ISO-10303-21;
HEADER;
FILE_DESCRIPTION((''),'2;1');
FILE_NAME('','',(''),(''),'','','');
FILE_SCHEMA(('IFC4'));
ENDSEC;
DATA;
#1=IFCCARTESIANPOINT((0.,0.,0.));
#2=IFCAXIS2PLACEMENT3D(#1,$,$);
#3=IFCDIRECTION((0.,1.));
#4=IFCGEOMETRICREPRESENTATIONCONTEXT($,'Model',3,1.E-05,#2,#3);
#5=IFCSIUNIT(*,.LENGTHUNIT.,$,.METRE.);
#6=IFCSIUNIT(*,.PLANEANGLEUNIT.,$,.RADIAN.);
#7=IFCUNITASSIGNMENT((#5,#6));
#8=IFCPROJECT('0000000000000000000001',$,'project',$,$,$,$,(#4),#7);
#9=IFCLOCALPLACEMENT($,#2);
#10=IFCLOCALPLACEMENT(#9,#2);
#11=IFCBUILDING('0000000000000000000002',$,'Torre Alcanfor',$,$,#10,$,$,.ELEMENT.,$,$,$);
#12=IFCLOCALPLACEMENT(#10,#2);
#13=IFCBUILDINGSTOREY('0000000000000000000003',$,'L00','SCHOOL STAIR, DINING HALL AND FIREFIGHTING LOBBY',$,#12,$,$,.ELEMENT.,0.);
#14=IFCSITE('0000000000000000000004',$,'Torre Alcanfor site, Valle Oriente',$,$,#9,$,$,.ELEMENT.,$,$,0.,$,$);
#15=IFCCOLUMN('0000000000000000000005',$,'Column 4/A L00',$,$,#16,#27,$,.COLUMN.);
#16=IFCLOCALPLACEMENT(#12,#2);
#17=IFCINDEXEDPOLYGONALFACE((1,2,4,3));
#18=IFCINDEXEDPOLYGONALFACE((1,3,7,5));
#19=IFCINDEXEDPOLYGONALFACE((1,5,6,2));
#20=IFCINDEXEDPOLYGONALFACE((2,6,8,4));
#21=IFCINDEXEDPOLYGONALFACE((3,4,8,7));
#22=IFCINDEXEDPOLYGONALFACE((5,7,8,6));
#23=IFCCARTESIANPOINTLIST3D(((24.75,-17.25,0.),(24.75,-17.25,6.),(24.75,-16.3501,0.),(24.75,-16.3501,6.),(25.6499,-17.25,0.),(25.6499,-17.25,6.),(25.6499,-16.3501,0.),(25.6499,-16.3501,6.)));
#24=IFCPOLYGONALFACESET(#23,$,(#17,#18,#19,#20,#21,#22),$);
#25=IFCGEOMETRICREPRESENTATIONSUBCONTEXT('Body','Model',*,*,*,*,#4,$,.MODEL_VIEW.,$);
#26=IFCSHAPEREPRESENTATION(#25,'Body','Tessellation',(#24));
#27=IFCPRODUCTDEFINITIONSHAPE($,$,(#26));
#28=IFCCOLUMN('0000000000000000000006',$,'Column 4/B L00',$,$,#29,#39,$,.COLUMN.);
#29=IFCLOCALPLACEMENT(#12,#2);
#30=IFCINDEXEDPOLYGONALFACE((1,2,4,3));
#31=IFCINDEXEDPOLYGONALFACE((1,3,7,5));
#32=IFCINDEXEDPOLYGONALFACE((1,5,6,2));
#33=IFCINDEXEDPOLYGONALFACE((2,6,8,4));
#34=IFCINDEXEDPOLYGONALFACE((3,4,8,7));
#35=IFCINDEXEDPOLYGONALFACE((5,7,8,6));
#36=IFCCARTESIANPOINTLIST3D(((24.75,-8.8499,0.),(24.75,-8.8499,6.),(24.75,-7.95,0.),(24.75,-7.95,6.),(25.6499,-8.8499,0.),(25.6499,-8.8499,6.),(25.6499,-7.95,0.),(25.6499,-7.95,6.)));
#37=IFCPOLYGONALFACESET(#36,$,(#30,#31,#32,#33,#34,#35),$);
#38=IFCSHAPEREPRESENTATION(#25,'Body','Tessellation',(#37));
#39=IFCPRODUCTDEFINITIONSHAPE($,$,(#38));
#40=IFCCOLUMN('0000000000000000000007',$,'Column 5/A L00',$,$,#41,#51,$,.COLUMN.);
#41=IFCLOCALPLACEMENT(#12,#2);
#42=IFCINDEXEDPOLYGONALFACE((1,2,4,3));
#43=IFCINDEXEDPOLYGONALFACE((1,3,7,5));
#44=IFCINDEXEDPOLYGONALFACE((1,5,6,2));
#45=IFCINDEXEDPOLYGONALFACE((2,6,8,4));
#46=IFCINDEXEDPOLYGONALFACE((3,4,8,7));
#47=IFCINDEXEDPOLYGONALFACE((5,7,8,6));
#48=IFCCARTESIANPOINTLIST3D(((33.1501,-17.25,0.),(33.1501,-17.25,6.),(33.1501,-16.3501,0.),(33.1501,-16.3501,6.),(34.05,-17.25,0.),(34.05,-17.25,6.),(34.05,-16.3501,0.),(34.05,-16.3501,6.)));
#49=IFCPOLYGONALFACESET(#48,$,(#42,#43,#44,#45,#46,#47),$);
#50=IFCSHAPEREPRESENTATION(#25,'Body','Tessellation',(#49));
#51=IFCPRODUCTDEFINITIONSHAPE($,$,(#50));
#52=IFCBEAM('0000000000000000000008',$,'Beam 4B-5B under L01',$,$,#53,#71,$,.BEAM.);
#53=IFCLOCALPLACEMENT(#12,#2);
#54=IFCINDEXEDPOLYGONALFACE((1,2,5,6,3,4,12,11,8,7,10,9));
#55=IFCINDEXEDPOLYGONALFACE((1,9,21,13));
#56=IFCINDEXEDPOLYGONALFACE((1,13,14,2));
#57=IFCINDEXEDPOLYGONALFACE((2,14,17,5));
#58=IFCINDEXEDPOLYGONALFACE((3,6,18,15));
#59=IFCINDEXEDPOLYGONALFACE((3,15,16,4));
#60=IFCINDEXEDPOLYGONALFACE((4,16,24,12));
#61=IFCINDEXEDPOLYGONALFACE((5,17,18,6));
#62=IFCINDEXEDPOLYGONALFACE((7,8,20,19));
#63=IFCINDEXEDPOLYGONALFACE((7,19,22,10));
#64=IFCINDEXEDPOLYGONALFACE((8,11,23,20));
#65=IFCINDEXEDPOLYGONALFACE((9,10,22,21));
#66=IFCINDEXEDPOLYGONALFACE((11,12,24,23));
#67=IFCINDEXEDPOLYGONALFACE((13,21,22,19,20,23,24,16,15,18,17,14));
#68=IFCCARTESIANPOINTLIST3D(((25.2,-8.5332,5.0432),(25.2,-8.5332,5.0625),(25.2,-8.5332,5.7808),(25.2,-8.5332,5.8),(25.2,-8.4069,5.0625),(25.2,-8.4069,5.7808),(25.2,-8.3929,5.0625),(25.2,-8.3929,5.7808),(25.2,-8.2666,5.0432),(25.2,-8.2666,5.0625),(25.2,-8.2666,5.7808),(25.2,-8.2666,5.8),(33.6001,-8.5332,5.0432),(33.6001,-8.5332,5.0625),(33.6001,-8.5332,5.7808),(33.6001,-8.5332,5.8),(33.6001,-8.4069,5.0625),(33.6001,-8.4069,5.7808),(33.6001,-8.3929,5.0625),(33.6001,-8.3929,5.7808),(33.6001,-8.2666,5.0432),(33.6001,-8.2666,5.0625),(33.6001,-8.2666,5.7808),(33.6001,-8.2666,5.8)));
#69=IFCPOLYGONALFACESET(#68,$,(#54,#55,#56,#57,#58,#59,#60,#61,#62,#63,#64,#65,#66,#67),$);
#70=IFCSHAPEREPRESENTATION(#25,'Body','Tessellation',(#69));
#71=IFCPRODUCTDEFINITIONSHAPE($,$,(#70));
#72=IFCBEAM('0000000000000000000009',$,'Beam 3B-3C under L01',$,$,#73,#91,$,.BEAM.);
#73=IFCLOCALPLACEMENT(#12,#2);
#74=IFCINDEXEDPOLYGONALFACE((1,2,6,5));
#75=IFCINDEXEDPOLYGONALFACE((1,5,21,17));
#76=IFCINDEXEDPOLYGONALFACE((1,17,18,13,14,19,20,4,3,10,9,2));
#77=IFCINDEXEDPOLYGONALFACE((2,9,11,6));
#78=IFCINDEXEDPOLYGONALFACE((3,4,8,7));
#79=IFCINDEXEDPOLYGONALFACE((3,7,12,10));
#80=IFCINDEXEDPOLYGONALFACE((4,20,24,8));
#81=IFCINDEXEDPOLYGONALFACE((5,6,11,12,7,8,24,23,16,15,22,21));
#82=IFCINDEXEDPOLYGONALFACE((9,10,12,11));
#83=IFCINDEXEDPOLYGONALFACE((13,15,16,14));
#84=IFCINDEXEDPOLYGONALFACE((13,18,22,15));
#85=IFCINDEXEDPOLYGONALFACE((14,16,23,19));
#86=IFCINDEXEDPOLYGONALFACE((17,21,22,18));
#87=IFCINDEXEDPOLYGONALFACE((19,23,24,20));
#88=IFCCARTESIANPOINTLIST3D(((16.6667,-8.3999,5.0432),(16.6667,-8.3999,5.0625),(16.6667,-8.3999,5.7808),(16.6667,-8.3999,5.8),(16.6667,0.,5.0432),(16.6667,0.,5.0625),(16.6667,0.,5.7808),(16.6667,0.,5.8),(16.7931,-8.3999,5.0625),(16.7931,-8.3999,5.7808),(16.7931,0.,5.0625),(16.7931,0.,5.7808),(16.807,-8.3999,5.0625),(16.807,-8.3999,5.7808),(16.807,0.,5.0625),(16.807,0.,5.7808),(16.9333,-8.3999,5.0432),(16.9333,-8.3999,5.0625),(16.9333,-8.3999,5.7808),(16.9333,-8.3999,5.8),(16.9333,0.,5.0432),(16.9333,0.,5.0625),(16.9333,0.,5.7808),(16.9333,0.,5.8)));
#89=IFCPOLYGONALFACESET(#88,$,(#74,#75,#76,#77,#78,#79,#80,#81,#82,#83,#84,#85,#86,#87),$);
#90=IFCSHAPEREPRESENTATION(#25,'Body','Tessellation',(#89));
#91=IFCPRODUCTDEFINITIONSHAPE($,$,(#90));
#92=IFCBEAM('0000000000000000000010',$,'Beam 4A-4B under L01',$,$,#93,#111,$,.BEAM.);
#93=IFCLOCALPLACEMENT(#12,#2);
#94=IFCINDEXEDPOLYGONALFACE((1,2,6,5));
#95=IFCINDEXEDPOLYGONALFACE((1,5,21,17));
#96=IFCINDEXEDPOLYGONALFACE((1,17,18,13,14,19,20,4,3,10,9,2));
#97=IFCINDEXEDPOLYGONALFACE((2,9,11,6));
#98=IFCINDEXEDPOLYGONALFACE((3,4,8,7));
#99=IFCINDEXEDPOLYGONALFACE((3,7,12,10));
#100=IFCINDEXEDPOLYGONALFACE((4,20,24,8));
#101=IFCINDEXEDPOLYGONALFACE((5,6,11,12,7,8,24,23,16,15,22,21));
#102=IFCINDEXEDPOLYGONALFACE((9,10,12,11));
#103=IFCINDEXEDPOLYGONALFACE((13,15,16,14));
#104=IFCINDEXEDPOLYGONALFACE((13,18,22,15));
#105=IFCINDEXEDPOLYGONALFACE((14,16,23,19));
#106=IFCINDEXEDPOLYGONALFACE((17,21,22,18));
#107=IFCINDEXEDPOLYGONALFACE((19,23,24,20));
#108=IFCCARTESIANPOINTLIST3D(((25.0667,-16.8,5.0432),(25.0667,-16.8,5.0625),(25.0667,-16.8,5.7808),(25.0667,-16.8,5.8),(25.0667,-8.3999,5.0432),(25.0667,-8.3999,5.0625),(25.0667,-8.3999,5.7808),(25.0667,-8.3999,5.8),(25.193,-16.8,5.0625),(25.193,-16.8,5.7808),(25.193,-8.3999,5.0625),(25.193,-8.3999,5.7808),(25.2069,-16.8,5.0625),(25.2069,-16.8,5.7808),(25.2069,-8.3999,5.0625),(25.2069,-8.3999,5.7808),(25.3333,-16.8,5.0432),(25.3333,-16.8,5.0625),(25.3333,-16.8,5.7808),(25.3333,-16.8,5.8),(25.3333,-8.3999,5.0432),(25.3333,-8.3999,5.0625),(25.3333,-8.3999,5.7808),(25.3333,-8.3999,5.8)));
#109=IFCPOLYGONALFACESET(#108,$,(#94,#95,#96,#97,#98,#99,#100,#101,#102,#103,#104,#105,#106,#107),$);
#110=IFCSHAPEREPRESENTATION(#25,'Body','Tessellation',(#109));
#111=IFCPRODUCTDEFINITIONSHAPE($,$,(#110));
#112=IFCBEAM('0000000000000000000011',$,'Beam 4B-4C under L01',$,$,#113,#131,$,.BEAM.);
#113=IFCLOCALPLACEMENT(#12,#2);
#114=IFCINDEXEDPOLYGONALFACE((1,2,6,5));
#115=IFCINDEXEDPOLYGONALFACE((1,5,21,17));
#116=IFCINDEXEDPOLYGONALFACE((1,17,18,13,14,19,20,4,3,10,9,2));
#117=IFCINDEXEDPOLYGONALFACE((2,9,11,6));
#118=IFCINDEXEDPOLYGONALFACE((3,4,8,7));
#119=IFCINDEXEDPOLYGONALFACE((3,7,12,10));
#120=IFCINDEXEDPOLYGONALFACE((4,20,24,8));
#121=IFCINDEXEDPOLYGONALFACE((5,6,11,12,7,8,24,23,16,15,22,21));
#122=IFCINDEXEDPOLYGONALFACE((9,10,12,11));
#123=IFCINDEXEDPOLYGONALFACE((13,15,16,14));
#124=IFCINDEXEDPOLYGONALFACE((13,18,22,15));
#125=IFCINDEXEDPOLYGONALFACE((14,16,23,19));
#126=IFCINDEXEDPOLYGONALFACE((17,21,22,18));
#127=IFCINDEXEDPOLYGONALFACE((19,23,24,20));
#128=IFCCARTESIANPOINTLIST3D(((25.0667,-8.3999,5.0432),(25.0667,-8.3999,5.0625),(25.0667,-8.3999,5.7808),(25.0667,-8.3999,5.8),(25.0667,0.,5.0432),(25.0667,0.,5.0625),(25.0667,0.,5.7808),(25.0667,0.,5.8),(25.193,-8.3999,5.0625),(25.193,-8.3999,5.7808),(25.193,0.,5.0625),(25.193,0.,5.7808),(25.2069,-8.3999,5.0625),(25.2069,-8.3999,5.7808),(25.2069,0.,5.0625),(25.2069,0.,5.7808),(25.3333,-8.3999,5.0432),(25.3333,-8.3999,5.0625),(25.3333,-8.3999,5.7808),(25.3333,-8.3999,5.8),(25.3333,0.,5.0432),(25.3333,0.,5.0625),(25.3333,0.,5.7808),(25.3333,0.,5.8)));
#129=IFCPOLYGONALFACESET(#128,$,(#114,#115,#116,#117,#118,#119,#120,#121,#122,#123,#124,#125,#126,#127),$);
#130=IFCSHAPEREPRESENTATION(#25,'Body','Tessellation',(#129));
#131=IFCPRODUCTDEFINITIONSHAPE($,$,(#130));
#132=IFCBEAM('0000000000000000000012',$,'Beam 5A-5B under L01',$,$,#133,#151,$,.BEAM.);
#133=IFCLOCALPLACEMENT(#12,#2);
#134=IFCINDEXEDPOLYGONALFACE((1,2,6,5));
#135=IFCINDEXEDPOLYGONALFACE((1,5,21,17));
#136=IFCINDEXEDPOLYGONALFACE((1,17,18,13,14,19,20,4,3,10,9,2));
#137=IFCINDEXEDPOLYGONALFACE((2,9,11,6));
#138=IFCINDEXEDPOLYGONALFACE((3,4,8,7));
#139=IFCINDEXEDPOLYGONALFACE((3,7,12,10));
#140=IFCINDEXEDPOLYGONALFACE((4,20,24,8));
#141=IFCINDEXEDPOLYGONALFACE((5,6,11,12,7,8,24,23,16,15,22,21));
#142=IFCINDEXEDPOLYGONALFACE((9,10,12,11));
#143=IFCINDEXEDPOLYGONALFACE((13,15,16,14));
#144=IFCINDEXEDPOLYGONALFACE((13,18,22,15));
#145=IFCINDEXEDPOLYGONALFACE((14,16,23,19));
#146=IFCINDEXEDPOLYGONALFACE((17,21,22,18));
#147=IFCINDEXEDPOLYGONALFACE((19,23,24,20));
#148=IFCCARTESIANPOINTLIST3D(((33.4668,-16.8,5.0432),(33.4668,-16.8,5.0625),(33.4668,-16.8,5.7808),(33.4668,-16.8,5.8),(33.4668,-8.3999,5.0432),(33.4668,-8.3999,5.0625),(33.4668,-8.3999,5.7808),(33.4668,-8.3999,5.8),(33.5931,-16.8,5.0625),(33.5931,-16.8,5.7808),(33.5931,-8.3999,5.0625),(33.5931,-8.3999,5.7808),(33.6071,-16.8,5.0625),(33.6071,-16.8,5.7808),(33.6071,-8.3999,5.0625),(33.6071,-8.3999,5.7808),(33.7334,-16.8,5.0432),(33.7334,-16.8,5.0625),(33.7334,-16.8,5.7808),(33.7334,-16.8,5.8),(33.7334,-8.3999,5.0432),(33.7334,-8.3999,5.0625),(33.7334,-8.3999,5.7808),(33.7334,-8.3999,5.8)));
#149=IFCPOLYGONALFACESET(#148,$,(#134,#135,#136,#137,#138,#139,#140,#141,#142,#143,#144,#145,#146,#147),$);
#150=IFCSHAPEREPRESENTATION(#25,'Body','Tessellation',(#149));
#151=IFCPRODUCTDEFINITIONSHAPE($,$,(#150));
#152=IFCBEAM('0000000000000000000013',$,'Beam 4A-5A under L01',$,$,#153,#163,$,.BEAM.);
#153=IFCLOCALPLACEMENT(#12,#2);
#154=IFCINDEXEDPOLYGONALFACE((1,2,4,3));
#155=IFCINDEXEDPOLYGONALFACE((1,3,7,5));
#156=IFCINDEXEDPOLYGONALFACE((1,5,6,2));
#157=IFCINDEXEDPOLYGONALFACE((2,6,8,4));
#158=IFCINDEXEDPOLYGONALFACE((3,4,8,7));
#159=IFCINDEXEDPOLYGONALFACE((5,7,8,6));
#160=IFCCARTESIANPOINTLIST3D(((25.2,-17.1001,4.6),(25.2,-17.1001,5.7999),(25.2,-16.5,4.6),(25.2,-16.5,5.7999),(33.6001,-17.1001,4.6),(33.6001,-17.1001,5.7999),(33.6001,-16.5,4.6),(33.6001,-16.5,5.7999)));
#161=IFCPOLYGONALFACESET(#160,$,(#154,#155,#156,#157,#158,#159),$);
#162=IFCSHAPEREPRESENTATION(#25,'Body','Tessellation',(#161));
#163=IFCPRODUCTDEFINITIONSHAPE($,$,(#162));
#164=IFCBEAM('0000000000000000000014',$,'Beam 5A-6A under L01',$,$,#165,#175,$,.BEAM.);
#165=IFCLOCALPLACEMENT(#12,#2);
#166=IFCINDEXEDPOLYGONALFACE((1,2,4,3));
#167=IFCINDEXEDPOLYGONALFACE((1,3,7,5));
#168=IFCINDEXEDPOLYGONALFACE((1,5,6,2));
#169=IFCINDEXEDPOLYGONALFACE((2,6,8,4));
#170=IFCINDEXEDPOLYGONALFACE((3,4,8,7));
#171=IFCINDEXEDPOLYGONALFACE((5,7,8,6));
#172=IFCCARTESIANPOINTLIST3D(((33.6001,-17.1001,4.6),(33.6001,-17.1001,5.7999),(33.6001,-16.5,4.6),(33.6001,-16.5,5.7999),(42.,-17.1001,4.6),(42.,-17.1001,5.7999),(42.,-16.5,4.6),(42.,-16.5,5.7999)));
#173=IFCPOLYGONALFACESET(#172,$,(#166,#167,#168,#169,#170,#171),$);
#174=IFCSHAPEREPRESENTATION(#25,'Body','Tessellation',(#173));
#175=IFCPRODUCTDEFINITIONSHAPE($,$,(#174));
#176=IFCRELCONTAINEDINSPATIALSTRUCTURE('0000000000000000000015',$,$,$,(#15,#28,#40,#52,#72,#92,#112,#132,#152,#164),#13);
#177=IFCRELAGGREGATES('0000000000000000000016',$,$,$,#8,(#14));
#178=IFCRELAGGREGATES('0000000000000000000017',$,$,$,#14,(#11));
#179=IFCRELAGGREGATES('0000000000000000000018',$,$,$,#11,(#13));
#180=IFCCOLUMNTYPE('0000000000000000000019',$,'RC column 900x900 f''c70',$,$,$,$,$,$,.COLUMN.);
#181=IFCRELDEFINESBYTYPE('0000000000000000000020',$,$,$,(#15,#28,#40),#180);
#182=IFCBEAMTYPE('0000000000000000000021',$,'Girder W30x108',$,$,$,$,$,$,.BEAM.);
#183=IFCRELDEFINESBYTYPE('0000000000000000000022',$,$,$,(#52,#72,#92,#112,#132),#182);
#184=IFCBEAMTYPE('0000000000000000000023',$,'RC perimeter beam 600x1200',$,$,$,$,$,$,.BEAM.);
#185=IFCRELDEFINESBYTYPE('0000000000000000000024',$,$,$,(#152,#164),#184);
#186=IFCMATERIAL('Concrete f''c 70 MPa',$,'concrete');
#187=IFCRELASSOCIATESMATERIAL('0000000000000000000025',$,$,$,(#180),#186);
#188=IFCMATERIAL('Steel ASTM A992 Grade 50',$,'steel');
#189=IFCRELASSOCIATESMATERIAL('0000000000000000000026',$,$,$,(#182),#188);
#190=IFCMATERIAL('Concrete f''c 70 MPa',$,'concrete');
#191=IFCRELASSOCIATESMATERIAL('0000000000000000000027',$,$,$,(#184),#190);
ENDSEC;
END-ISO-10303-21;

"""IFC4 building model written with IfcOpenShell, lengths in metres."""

from ifc_helpers import new_model, si_unit, direction, frame, origin, origin_2d, place, context, subcontext, project, spatial, rectangle, i_section, extrude, material, material_profile, profile_set, type_object, element, save


model = new_model("IFC4")

# Units and contexts
model_context = context("Model", 3, precision=1e-05, world=origin(), true_north=direction((0.0, 1.0)))
body_context = subcontext(model_context, "Body", "Model", "MODEL_VIEW")
ifc_project = project(units=[si_unit("LENGTHUNIT", "METRE"), si_unit("PLANEANGLEUNIT", "RADIAN")], contexts=[model_context])

# Site, building, storey
site_placement = place(None, origin())
site = spatial("IfcSite", under=ifc_project, at=site_placement, Name="Torre Alcanfor site, Valle Oriente", CompositionType="ELEMENT", RefElevation=0.0)
building_placement = place(site_placement, origin())
building = spatial("IfcBuilding", under=site, at=building_placement, Name="Torre Alcanfor", CompositionType="ELEMENT")
storey_placement = place(building_placement, origin())
storey = spatial("IfcBuildingStorey", under=building, at=storey_placement, Name="L00", Description="SCHOOL STAIR, DINING HALL AND FIREFIGHTING LOBBY", CompositionType="ELEMENT", Elevation=0.0)

# Columns
ifc_material_1 = material(Name="Concrete f'c 70 MPa", Category="concrete")
ifc_material_profile_1 = material_profile(ifc_material_1, rectangle(XDim=0.8999, YDim=0.8999, at=origin_2d()), Name="900x900")
ifc_profile_set_1 = profile_set([ifc_material_profile_1], Name="Concrete f'c 70 MPa")
column_type = type_object("IfcColumnType", Name="RC column 900x900 f'c70", PredefinedType="COLUMN", material=ifc_profile_set_1)
for number, where, z_axis, x_axis, name in (
    (1, (25.2, -16.8, 0.0), (0.0, 0.0, 1.0), (1.0, 0.0, 0.0), "Column 4/A L00"),
    (2, (25.2, -8.3999, 0.0), (0.0, 0.0, 1.0), (1.0, 0.0, 0.0), "Column 4/B L00"),
    (3, (33.6001, -16.8, 0.0), (0.0, 0.0, 1.0), (1.0, 0.0, 0.0), "Column 5/A L00"),
):
    element("IfcColumn", number, at=place(storey_placement, frame(where, z_axis=z_axis, x_axis=x_axis)), inside=storey, type_object=column_type, Name=name, PredefinedType="COLUMN", context=body_context, shape_type="SweptSolid", body=[
        extrude(rectangle(XDim=0.8999, YDim=0.8999, at=origin_2d()), origin(), (0.0, 0.0, 1.0), 6.0),
    ])

# Beams
ifc_material_2 = material(Name="Steel ASTM A992 Grade 50", Category="steel")
ifc_material_profile_2 = material_profile(ifc_material_2, i_section(OverallWidth=0.2666, OverallDepth=0.7568, WebThickness=0.0139, FlangeThickness=0.0193, at=origin_2d()), Name="W30x108")
ifc_profile_set_2 = profile_set([ifc_material_profile_2], Name="Steel ASTM A992 Grade 50")
beam_type_1 = type_object("IfcBeamType", Name="Girder W30x108", PredefinedType="BEAM", material=ifc_profile_set_2)
beam_1_placement = place(storey_placement, frame((25.2, -8.3999, 5.4216), z_axis=(1.0, 0.0, 0.0), x_axis=(0.0, 1.0, 0.0)))
element("IfcBeam", 4, at=beam_1_placement, inside=storey, type_object=beam_type_1, Name="Beam 4B-5B under L01", PredefinedType="BEAM", context=body_context, shape_type="SweptSolid", body=[
    extrude(i_section(OverallWidth=0.2666, OverallDepth=0.7568, WebThickness=0.0139, FlangeThickness=0.0193, at=origin_2d()), origin(), (0.0, 0.0, 1.0), 8.4001),
])
beam_2_placement = place(storey_placement, frame((16.8, -8.3999, 5.4216), z_axis=(0.0, 1.0, 0.0), x_axis=(-1.0, 0.0, 0.0)))
element("IfcBeam", 5, at=beam_2_placement, inside=storey, type_object=beam_type_1, Name="Beam 3B-3C under L01", PredefinedType="BEAM", context=body_context, shape_type="SweptSolid", body=[
    extrude(i_section(OverallWidth=0.2666, OverallDepth=0.7568, WebThickness=0.0139, FlangeThickness=0.0193, at=origin_2d()), origin(), (0.0, 0.0, 1.0), 8.3999),
])
beam_3_placement = place(storey_placement, frame((25.2, -16.8, 5.4216), z_axis=(0.0, 1.0, 0.0), x_axis=(-1.0, 0.0, 0.0)))
element("IfcBeam", 6, at=beam_3_placement, inside=storey, type_object=beam_type_1, Name="Beam 4A-4B under L01", PredefinedType="BEAM", context=body_context, shape_type="SweptSolid", body=[
    extrude(i_section(OverallWidth=0.2666, OverallDepth=0.7568, WebThickness=0.0139, FlangeThickness=0.0193, at=origin_2d()), origin(), (0.0, 0.0, 1.0), 8.4001),
])
beam_4_placement = place(storey_placement, frame((25.2, -8.3999, 5.4216), z_axis=(0.0, 1.0, 0.0), x_axis=(-1.0, 0.0, 0.0)))
element("IfcBeam", 7, at=beam_4_placement, inside=storey, type_object=beam_type_1, Name="Beam 4B-4C under L01", PredefinedType="BEAM", context=body_context, shape_type="SweptSolid", body=[
    extrude(i_section(OverallWidth=0.2666, OverallDepth=0.7568, WebThickness=0.0139, FlangeThickness=0.0193, at=origin_2d()), origin(), (0.0, 0.0, 1.0), 8.3999),
])
beam_5_placement = place(storey_placement, frame((33.6001, -16.8, 5.4216), z_axis=(0.0, 1.0, 0.0), x_axis=(-1.0, 0.0, 0.0)))
element("IfcBeam", 8, at=beam_5_placement, inside=storey, type_object=beam_type_1, Name="Beam 5A-5B under L01", PredefinedType="BEAM", context=body_context, shape_type="SweptSolid", body=[
    extrude(i_section(OverallWidth=0.2666, OverallDepth=0.7568, WebThickness=0.0139, FlangeThickness=0.0193, at=origin_2d()), origin(), (0.0, 0.0, 1.0), 8.4001),
])
ifc_material_3 = material(Name="Concrete f'c 70 MPa", Category="concrete")
ifc_material_profile_3 = material_profile(ifc_material_3, rectangle(XDim=0.6001, YDim=1.2, at=origin_2d()), Name="600x1200")
ifc_profile_set_3 = profile_set([ifc_material_profile_3], Name="Concrete f'c 70 MPa")
beam_type_2 = type_object("IfcBeamType", Name="RC perimeter beam 600x1200", PredefinedType="BEAM", material=ifc_profile_set_3)
beam_6_placement = place(storey_placement, frame((25.2, -16.8, 5.2), z_axis=(1.0, 0.0, 0.0), x_axis=(0.0, 1.0, 0.0)))
element("IfcBeam", 9, at=beam_6_placement, inside=storey, type_object=beam_type_2, Name="Beam 4A-5A under L01", PredefinedType="BEAM", context=body_context, shape_type="SweptSolid", body=[
    extrude(rectangle(XDim=0.6001, YDim=1.2, at=origin_2d()), origin(), (0.0, 0.0, 1.0), 8.4001),
])
beam_7_placement = place(storey_placement, frame((33.6001, -16.8, 5.2), z_axis=(1.0, 0.0, 0.0), x_axis=(0.0, 1.0, 0.0)))
element("IfcBeam", 10, at=beam_7_placement, inside=storey, type_object=beam_type_2, Name="Beam 5A-6A under L01", PredefinedType="BEAM", context=body_context, shape_type="SweptSolid", body=[
    extrude(rectangle(XDim=0.6001, YDim=1.2, at=origin_2d()), origin(), (0.0, 0.0, 1.0), 8.3999),
])

save(model, "model.ifc")
